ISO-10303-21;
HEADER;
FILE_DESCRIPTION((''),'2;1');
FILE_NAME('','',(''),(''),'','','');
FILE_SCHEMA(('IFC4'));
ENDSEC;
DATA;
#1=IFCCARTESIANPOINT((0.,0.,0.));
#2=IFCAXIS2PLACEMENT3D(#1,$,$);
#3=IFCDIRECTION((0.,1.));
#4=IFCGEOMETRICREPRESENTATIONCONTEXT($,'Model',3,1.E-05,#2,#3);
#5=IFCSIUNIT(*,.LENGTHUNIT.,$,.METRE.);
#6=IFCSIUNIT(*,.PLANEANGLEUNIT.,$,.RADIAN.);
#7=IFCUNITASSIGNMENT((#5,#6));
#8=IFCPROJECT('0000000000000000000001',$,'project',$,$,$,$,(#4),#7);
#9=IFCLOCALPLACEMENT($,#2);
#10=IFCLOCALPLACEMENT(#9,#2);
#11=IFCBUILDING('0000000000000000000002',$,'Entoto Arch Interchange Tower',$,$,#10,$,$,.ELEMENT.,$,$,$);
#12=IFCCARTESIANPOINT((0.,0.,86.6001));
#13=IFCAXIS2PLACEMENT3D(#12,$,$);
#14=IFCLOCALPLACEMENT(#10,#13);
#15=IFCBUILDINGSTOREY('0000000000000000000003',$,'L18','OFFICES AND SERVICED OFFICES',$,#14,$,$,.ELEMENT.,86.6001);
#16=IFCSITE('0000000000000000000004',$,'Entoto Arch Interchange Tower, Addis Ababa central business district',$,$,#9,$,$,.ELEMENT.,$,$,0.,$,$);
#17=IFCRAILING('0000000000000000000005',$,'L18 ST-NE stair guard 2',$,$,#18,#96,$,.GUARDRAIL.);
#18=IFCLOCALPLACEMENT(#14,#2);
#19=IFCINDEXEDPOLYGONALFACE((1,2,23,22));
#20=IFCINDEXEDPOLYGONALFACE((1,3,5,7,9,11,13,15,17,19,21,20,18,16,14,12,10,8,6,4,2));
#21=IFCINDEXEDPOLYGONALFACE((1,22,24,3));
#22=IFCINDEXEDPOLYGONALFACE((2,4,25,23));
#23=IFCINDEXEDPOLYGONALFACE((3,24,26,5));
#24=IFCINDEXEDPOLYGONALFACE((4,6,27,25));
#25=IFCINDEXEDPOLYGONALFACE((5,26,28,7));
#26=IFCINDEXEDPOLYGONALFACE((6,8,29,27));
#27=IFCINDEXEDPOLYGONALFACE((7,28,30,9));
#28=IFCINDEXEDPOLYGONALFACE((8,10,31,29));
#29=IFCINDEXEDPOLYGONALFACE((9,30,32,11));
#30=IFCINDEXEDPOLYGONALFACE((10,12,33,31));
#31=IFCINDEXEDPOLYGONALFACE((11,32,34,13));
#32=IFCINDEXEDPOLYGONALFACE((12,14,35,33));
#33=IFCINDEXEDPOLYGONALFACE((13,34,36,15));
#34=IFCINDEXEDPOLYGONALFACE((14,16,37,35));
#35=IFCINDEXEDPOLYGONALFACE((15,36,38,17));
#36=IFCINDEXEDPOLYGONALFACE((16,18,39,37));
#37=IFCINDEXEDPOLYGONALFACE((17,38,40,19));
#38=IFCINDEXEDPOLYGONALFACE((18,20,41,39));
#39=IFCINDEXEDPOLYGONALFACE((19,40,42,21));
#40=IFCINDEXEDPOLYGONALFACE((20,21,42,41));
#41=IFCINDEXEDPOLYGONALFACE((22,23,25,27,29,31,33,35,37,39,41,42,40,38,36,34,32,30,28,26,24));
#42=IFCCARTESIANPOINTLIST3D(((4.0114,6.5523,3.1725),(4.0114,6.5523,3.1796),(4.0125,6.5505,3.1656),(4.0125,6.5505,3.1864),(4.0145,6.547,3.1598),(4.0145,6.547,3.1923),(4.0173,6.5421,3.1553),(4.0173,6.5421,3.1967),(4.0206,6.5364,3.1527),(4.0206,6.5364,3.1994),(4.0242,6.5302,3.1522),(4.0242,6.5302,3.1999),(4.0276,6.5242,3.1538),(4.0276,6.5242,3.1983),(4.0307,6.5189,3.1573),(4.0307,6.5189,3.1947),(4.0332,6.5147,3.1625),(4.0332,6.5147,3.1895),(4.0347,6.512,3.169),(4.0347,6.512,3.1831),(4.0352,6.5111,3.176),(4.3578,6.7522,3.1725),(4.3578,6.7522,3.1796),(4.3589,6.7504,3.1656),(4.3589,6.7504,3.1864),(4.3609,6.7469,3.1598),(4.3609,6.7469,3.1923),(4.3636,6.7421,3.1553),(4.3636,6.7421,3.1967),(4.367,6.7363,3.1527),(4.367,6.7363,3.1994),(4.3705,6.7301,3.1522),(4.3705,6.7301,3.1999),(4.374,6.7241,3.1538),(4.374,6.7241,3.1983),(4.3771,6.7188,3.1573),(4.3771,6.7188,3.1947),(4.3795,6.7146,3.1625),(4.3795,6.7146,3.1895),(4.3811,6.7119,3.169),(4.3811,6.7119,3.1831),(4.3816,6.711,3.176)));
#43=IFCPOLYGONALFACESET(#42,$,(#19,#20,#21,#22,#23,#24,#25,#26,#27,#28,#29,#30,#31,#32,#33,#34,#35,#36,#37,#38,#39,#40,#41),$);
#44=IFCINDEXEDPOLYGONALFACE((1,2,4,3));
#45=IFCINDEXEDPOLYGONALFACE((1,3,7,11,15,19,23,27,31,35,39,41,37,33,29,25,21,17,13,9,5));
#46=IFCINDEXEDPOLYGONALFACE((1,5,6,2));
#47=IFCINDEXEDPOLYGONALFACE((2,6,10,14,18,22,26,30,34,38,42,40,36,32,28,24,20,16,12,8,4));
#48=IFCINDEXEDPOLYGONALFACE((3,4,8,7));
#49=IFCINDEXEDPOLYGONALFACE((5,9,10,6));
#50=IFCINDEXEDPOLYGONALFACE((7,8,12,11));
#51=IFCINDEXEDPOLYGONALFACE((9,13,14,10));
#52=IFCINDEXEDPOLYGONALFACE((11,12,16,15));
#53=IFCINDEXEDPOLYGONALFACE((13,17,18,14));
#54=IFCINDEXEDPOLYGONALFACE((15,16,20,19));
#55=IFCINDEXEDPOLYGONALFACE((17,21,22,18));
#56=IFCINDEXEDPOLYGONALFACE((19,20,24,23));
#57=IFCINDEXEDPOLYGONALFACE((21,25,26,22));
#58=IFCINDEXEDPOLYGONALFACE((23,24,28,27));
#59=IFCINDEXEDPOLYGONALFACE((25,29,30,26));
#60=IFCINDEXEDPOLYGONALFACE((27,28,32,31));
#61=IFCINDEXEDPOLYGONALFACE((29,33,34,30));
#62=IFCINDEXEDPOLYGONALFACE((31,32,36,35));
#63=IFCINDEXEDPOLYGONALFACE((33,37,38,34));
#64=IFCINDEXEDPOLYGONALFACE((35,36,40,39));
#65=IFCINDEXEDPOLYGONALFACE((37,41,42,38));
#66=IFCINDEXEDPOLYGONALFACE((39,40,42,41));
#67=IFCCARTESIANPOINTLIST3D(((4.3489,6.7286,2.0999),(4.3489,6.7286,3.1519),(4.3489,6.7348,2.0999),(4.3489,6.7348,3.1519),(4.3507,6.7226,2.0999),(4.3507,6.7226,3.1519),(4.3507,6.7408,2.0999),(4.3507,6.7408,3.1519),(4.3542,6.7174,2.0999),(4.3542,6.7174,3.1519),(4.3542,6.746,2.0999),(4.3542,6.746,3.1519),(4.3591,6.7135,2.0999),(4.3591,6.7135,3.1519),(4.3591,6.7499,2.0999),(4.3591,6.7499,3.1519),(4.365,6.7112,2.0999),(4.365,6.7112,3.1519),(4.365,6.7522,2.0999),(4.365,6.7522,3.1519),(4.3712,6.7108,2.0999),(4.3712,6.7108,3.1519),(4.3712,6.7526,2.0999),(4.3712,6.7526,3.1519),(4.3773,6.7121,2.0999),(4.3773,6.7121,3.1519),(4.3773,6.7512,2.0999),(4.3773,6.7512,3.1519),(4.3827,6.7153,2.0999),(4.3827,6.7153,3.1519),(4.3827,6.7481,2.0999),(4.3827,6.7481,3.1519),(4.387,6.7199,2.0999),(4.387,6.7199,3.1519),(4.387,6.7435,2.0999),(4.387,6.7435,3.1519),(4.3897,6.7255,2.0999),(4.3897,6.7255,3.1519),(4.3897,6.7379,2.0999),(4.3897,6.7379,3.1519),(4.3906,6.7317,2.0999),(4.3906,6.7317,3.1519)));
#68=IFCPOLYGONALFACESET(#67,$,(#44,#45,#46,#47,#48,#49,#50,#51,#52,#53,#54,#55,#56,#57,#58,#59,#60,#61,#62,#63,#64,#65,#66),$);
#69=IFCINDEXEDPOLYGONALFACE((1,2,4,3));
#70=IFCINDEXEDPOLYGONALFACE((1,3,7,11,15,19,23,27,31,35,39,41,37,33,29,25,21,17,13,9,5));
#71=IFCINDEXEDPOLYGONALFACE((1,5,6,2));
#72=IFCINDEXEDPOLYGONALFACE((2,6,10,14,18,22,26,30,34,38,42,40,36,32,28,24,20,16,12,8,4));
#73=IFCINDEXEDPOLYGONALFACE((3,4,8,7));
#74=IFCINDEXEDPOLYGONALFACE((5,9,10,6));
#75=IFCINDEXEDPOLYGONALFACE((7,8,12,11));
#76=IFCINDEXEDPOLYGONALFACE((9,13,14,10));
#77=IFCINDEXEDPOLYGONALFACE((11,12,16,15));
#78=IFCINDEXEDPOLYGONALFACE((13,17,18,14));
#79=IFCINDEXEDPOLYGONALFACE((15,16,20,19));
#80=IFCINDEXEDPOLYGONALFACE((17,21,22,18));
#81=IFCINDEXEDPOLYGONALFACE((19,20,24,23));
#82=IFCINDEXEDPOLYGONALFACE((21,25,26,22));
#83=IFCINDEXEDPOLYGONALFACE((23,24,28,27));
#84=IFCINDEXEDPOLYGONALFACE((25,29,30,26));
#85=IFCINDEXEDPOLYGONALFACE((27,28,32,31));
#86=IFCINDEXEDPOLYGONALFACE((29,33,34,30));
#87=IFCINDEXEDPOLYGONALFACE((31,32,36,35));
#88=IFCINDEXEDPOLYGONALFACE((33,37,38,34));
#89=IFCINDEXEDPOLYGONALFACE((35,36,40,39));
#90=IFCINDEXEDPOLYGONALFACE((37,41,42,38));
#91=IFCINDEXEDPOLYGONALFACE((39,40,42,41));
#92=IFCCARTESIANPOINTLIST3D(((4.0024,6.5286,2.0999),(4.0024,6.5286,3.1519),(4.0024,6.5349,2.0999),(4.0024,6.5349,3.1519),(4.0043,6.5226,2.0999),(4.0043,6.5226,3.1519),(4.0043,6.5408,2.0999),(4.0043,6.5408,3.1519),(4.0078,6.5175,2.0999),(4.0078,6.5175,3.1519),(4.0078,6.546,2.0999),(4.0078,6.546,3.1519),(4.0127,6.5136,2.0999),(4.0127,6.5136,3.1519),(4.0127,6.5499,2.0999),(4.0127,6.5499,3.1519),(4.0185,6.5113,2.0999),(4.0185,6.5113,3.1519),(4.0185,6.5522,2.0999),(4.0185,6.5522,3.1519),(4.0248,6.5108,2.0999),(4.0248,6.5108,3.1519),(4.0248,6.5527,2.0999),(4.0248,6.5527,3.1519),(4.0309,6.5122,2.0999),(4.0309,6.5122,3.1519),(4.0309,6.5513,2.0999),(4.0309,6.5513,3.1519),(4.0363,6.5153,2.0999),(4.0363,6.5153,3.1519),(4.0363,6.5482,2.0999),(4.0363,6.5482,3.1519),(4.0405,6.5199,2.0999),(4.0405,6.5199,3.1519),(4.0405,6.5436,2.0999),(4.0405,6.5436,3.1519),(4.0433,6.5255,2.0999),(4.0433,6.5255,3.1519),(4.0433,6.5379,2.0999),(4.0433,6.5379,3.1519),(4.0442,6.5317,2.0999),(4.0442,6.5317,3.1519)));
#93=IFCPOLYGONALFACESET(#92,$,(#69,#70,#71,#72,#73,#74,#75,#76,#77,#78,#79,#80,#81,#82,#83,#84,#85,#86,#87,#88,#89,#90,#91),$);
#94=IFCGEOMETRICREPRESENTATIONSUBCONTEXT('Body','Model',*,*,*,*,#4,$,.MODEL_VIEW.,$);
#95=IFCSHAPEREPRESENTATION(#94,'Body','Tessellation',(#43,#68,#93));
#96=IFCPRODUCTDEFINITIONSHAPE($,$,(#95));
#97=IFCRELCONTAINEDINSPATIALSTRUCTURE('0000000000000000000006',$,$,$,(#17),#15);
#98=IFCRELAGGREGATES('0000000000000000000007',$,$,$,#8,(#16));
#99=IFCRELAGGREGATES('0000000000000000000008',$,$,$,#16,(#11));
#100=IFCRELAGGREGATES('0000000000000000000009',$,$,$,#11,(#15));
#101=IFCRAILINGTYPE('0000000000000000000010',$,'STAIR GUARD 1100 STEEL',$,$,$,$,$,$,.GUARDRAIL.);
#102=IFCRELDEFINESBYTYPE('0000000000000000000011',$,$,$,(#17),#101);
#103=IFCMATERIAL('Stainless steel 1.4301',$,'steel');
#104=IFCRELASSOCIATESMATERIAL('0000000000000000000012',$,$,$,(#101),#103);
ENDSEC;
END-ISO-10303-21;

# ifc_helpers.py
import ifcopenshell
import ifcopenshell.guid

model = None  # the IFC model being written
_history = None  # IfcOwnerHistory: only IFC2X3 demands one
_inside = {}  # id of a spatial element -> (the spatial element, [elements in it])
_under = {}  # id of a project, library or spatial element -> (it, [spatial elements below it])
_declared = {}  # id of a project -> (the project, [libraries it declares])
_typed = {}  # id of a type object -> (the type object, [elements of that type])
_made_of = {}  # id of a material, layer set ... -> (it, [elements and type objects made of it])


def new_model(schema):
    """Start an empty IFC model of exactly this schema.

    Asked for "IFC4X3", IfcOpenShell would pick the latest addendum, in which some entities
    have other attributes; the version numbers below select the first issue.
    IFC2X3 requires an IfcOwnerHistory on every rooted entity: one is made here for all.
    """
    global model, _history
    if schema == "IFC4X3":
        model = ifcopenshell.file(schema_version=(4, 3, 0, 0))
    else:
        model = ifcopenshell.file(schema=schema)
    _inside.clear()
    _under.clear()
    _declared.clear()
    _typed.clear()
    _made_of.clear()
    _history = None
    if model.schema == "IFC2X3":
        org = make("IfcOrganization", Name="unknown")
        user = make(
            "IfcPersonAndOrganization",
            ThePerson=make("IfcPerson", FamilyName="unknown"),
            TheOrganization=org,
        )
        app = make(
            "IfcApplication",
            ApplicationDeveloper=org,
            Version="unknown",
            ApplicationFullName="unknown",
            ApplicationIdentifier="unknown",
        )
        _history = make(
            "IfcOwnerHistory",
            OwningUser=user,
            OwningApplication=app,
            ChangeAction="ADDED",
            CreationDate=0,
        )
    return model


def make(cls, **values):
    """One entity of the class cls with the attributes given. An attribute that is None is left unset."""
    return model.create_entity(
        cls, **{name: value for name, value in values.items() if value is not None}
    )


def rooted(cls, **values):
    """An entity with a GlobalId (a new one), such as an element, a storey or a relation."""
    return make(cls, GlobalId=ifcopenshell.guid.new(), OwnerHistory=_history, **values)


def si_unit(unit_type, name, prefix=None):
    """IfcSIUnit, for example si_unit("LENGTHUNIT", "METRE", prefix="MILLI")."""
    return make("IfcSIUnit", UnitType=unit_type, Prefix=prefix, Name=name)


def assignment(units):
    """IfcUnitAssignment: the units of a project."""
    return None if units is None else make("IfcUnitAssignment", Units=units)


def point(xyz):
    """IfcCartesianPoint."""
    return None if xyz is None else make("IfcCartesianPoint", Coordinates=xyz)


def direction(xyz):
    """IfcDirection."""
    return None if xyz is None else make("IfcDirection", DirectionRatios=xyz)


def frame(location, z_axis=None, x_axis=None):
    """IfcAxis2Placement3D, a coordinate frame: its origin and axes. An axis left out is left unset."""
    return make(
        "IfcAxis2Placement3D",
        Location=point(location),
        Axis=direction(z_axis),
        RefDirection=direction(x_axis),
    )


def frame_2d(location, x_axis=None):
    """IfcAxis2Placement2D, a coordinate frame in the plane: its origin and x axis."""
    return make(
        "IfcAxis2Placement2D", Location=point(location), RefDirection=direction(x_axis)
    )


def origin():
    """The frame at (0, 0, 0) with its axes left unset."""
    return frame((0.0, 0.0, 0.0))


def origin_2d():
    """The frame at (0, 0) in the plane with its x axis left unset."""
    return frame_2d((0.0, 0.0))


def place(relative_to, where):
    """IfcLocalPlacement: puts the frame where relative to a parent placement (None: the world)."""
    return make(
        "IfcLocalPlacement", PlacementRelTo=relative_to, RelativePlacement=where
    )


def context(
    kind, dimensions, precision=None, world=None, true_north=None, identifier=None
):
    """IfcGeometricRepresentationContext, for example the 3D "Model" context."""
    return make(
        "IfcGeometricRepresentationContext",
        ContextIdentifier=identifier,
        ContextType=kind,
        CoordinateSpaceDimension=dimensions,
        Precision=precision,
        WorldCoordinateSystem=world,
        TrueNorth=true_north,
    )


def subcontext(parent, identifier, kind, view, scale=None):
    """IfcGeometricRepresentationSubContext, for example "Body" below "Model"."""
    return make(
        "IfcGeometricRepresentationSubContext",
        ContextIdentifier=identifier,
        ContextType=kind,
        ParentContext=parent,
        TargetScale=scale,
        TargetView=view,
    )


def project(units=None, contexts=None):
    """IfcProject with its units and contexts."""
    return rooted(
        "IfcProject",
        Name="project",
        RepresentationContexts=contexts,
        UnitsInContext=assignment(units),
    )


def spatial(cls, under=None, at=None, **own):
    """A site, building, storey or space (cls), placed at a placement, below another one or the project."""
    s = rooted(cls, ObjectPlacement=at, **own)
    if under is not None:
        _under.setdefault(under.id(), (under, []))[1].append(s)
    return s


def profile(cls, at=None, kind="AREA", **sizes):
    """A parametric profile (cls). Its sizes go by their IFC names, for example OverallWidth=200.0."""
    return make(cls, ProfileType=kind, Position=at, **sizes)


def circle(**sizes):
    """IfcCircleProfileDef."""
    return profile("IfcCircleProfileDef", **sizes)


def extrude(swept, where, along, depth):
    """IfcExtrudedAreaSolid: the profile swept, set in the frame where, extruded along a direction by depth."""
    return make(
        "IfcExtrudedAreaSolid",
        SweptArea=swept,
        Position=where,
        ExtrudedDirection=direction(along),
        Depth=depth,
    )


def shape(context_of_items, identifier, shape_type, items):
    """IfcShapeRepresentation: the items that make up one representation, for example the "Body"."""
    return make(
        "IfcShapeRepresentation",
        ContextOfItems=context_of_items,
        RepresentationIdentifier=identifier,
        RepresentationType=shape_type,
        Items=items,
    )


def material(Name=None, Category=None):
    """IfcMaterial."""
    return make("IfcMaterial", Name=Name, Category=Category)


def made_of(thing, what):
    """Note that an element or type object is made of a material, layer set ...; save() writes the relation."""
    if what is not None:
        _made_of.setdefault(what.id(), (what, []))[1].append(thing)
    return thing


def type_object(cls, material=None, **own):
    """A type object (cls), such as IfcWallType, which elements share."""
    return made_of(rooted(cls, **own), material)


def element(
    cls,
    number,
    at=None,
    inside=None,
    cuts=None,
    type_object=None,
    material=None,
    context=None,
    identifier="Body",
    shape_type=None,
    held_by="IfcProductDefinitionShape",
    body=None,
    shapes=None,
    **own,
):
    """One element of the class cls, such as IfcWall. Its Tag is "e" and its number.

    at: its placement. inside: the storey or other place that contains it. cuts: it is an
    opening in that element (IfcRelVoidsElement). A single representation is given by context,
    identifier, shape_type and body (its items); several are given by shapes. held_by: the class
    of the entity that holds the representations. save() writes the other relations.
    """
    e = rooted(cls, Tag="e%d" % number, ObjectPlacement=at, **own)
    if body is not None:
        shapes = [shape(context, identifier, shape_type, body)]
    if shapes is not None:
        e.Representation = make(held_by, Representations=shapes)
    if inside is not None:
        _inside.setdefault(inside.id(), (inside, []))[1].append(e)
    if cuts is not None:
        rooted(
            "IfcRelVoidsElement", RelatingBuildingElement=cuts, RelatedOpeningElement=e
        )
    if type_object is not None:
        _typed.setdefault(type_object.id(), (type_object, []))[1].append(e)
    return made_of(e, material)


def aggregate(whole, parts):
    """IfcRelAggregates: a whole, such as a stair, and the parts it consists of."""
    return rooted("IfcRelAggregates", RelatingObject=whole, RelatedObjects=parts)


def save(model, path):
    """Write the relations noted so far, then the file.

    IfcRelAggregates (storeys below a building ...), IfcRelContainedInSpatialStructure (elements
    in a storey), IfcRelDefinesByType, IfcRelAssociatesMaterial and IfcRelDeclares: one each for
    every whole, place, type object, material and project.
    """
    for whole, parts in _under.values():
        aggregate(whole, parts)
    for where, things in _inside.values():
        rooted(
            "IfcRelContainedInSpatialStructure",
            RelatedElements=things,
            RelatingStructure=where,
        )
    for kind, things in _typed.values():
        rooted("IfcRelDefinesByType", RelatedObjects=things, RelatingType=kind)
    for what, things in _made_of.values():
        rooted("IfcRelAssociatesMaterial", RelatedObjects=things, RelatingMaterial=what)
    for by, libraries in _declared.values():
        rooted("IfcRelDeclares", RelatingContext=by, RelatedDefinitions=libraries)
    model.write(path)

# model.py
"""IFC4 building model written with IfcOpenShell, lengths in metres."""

from ifc_helpers import new_model, si_unit, direction, frame, origin, origin_2d, place, context, subcontext, project, spatial, circle, extrude, material, type_object, element, save


model = new_model("IFC4")

# Units and contexts
model_context = context("Model", 3, precision=1e-05, world=origin(), true_north=direction((0.0, 1.0)))
body_context = subcontext(model_context, "Body", "Model", "MODEL_VIEW")
ifc_project = project(units=[si_unit("LENGTHUNIT", "METRE"), si_unit("PLANEANGLEUNIT", "RADIAN")], contexts=[model_context])

# Site, building, storey
site_placement = place(None, origin())
site = spatial("IfcSite", under=ifc_project, at=site_placement, Name="Entoto Arch Interchange Tower, Addis Ababa central business district", CompositionType="ELEMENT", RefElevation=0.0)
building_placement = place(site_placement, origin())
building = spatial("IfcBuilding", under=site, at=building_placement, Name="Entoto Arch Interchange Tower", CompositionType="ELEMENT")
storey_placement = place(building_placement, frame((0.0, 0.0, 86.6001)))
storey = spatial("IfcBuildingStorey", under=building, at=storey_placement, Name="L18", Description="OFFICES AND SERVICED OFFICES", CompositionType="ELEMENT", Elevation=86.6001)

# Railing
ifc_material_1 = material(Name="Stainless steel 1.4301", Category="steel")
railing_type_1 = type_object("IfcRailingType", Name="STAIR GUARD 1100 STEEL", PredefinedType="GUARDRAIL", material=ifc_material_1)
railing_1_placement = place(storey_placement, frame((4.3696, 6.7317, 2.0999)))
element("IfcRailing", 1, at=railing_1_placement, inside=storey, type_object=railing_type_1, Name="L18 ST-NE stair guard 2", PredefinedType="GUARDRAIL", context=body_context, shape_type="SweptSolid", body=[
    extrude(circle(Radius=0.0239, at=origin_2d()), frame((0.0, 0.0, 1.0762), z_axis=(-0.866094, -0.499881, 0.0), x_axis=(0.499881, -0.866094, 0.0)), (0.0, 0.0, 1.0), 0.3999),
    extrude(circle(Radius=0.021, at=origin_2d()), origin(), (0.0, 0.0, 1.0), 1.052),
    extrude(circle(Radius=0.021, at=origin_2d()), frame((-0.3464, -0.2, 0.0)), (0.0, 0.0, 1.0), 1.052),
])

save(model, "model.ifc")
